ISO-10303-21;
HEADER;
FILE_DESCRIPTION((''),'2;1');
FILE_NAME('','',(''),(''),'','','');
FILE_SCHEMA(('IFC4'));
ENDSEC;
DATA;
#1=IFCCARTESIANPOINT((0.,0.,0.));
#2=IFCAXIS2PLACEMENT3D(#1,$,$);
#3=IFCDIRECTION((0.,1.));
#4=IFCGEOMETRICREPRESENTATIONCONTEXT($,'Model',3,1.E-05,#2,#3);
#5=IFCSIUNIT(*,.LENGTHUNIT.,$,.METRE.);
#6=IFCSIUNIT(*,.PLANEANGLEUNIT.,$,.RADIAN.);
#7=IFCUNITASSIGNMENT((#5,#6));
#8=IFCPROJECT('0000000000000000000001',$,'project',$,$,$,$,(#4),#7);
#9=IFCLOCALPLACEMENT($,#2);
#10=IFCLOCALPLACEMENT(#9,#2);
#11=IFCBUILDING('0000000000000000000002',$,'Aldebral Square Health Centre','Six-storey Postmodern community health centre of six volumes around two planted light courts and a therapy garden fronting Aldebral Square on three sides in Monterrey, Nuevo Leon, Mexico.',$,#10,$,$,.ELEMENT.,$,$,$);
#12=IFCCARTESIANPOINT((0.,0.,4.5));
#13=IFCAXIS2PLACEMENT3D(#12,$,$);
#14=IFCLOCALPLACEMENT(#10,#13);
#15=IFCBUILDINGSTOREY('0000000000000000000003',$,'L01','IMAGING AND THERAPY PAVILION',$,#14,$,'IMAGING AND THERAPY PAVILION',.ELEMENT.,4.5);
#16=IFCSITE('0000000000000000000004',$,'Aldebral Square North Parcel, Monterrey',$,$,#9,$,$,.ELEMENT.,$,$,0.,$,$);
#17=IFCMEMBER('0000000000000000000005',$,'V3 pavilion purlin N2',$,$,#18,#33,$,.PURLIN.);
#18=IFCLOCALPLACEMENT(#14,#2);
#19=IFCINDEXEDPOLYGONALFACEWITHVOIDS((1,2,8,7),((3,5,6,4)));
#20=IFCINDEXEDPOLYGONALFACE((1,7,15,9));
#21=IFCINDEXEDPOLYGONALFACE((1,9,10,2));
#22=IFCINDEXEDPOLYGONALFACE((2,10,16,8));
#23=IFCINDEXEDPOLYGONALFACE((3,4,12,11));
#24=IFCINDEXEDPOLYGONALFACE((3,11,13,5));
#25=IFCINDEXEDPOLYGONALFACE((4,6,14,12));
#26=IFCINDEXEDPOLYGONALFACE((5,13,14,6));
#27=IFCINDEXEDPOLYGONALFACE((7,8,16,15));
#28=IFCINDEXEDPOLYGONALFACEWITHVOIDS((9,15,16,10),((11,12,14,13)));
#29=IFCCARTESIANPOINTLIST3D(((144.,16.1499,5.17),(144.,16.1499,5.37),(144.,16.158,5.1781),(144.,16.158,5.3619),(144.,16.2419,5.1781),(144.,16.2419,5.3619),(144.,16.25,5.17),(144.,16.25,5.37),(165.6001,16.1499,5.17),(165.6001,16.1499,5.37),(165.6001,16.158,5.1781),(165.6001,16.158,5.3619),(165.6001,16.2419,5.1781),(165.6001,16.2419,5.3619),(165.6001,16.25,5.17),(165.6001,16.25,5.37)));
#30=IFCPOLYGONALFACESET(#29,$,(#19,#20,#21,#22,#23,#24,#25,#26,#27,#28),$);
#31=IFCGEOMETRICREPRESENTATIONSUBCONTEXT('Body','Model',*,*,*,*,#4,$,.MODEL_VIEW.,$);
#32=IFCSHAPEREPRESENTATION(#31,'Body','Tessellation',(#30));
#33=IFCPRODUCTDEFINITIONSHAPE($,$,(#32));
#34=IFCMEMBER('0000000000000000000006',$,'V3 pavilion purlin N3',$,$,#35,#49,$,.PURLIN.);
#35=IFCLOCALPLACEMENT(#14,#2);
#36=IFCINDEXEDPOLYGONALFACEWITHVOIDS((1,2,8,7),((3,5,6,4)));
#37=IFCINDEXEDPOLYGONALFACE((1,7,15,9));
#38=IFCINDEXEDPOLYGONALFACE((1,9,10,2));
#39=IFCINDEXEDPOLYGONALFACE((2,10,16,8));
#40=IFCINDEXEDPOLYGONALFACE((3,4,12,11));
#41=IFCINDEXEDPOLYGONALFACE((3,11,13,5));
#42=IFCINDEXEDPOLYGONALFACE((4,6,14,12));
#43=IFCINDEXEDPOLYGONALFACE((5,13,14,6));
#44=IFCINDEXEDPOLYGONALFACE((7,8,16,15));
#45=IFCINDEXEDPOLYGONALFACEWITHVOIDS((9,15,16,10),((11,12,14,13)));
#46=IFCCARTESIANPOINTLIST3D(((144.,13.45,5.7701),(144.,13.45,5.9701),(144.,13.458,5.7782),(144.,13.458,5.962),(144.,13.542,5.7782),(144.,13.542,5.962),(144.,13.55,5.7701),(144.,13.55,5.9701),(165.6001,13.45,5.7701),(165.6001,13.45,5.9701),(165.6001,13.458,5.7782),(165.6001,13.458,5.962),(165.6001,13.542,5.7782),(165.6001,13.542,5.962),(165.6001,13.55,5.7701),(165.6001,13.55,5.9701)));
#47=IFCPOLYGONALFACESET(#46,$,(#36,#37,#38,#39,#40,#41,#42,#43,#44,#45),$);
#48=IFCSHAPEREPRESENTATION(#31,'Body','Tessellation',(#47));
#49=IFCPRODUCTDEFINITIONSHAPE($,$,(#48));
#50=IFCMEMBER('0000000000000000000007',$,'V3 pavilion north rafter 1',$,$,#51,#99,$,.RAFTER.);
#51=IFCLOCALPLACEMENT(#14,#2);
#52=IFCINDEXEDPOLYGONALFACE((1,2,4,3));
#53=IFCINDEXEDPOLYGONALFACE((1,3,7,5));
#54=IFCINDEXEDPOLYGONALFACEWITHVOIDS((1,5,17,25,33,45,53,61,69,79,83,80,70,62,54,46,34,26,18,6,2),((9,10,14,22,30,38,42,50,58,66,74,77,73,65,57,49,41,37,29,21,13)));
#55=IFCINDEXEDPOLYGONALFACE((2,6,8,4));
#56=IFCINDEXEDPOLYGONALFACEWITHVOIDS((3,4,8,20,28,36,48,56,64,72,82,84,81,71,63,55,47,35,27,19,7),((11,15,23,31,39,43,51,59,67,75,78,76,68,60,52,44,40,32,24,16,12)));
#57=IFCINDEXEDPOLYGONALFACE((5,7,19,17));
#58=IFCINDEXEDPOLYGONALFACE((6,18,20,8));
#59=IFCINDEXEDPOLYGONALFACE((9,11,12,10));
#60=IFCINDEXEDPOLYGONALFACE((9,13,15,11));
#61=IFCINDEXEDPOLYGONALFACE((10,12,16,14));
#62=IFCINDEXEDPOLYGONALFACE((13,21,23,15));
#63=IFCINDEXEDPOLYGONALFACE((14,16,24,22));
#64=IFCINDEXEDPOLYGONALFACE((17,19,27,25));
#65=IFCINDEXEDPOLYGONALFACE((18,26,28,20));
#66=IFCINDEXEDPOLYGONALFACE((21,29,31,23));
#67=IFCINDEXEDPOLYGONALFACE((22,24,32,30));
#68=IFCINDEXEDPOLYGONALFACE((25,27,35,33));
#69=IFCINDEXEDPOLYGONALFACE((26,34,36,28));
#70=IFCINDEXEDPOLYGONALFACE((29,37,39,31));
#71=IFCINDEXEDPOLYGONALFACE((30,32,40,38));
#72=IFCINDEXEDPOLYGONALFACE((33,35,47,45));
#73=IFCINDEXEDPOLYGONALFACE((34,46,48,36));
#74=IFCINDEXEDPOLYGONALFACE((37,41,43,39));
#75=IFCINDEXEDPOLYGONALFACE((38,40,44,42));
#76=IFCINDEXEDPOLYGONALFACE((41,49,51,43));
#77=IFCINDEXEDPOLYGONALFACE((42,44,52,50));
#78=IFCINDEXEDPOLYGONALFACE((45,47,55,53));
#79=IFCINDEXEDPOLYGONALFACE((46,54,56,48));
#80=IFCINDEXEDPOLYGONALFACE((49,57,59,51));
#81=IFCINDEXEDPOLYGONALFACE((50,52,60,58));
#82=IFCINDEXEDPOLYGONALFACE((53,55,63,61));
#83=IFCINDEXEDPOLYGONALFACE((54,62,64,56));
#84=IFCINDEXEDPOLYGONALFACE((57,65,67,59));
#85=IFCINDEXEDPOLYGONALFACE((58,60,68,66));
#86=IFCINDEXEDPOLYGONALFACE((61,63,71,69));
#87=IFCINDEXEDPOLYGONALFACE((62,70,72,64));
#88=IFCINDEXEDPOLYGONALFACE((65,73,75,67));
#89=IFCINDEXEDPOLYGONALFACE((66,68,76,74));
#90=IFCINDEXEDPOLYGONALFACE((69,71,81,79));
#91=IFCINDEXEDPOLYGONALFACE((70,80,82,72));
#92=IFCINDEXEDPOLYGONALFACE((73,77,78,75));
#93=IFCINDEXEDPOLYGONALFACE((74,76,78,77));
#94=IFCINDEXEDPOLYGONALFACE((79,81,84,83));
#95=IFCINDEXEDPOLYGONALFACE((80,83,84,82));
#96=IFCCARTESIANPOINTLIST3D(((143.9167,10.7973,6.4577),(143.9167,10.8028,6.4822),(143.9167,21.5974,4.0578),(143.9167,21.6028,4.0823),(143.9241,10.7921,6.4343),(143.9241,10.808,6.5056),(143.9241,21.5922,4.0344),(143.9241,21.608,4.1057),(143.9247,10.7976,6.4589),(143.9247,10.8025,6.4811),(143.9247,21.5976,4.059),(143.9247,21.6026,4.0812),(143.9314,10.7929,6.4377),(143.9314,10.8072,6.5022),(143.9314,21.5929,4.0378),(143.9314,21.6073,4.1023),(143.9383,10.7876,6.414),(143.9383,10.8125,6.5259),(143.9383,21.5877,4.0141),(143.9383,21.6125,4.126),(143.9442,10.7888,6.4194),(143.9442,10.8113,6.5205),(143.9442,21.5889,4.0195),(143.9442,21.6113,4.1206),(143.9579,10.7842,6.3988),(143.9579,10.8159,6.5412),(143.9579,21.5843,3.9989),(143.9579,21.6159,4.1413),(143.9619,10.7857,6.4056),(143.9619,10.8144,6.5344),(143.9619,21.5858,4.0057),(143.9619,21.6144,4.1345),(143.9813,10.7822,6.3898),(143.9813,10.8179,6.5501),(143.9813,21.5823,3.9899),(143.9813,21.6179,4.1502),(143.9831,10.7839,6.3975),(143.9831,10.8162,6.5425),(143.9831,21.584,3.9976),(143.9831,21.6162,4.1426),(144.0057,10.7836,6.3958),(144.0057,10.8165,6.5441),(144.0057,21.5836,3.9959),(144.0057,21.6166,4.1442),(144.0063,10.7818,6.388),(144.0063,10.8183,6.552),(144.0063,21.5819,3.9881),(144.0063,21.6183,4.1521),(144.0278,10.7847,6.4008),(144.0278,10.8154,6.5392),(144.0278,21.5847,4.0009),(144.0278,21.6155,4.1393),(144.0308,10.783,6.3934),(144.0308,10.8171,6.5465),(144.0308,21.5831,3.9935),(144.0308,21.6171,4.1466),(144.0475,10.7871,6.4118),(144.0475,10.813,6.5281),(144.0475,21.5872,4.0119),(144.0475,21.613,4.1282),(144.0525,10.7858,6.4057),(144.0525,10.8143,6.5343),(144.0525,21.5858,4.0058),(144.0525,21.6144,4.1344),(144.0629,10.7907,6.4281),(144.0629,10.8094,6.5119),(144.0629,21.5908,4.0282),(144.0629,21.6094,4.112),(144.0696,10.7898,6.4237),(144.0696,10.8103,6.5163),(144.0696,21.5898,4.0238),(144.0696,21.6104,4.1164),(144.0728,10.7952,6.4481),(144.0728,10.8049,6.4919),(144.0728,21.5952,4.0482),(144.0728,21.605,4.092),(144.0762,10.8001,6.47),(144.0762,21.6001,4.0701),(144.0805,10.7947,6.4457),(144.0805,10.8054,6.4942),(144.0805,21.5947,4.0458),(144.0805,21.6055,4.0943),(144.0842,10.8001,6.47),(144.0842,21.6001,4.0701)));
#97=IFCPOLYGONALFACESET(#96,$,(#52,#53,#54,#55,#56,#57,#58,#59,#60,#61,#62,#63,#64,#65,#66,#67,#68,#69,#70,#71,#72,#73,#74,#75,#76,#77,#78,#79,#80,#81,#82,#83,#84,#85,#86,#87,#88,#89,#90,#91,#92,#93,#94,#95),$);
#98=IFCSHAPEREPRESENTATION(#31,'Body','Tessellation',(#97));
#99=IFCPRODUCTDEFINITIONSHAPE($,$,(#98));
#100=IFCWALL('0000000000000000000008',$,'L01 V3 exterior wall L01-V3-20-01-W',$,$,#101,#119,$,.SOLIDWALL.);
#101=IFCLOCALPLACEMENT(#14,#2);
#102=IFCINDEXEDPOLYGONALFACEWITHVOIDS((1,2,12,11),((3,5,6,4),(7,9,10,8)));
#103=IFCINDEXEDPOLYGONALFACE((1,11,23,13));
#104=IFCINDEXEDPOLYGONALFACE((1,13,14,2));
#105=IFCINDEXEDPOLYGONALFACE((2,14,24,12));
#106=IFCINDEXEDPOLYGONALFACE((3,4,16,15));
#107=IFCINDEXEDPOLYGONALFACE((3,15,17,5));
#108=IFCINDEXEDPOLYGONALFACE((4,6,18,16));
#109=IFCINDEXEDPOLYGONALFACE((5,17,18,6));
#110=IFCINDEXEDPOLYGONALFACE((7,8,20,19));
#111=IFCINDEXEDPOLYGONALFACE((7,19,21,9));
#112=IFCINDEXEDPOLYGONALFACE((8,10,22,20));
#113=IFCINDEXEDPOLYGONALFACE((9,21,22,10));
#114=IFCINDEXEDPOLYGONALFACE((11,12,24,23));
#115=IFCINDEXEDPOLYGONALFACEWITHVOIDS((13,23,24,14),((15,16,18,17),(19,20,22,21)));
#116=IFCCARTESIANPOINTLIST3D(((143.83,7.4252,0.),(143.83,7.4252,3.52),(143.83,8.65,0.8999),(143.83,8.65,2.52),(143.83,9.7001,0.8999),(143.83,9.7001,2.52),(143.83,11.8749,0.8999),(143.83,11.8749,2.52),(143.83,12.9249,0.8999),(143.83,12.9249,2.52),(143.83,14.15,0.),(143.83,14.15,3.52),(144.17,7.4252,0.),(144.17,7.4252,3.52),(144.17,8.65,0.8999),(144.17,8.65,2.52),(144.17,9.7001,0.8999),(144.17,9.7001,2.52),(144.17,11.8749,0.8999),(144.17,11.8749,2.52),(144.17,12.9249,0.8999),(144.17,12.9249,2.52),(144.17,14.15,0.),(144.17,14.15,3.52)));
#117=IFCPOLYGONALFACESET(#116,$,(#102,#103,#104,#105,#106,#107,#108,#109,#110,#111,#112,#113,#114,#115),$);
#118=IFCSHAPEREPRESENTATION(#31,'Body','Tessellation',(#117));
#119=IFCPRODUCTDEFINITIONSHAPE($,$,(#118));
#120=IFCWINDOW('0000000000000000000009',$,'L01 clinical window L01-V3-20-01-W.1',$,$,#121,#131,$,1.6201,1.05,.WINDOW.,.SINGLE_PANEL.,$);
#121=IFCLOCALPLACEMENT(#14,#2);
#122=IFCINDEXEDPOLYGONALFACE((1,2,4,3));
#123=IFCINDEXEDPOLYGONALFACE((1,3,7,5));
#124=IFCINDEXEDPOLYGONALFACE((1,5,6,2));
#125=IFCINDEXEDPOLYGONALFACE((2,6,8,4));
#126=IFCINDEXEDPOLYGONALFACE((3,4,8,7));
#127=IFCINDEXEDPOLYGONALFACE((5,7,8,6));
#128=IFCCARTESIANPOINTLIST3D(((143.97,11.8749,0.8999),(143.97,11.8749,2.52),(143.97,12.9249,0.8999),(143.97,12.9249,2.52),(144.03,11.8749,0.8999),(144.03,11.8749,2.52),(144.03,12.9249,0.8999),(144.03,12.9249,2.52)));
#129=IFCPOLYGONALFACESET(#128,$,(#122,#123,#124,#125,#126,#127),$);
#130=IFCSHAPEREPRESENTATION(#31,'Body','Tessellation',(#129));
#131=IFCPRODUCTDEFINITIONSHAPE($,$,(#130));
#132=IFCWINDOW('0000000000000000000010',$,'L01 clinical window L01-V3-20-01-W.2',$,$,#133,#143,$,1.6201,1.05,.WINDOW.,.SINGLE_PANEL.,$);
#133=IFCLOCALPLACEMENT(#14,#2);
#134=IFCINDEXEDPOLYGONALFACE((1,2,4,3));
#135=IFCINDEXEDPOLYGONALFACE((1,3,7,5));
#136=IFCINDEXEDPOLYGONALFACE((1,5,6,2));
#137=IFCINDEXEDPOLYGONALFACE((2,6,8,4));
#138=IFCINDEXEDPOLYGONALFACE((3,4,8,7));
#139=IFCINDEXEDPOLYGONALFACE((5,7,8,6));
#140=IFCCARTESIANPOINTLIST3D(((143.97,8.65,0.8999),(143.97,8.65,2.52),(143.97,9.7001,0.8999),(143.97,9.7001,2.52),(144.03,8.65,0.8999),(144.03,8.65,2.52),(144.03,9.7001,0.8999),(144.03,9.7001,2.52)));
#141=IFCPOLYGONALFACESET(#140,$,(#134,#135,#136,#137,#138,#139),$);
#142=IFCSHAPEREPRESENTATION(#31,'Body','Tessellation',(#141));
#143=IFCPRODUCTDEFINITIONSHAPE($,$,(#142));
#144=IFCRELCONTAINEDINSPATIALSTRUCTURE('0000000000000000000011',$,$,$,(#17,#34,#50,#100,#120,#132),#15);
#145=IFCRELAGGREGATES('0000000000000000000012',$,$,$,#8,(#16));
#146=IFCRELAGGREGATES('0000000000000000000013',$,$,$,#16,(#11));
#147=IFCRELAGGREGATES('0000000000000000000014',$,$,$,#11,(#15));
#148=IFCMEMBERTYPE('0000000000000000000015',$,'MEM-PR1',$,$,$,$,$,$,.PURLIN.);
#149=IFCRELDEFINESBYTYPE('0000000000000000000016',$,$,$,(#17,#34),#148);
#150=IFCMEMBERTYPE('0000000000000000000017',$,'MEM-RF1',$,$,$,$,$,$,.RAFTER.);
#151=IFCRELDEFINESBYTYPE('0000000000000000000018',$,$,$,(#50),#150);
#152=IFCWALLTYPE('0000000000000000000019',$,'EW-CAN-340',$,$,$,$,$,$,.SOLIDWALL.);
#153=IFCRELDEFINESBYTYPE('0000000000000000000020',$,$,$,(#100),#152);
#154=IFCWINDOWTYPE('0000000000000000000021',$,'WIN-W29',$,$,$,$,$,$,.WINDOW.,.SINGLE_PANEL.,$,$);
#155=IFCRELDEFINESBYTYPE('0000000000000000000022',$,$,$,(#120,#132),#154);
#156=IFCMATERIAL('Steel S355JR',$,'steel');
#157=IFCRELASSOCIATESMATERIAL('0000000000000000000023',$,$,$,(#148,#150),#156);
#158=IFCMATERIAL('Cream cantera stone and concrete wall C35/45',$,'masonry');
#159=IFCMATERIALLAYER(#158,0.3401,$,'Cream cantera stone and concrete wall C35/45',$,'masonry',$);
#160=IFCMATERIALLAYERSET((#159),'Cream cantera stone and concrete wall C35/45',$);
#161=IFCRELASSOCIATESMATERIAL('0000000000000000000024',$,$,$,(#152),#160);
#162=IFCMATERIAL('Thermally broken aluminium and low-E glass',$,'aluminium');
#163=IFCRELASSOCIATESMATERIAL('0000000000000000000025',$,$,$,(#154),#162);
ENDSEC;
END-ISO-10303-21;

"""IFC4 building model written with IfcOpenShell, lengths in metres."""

from ifc_helpers import new_model, si_unit, direction, frame, frame_2d, origin, origin_2d, place, context, subcontext, project, spatial, rectangle, hollow_rectangle, hollow_circle, extrude, material, layer, layer_set, material_profile, profile_set, type_object, element, fill, save


model = new_model("IFC4")

# Units and contexts
model_context = context("Model", 3, precision=1e-05, world=origin(), true_north=direction((0.0, 1.0)))
body_context = subcontext(model_context, "Body", "Model", "MODEL_VIEW")
ifc_project = project(units=[si_unit("LENGTHUNIT", "METRE"), si_unit("PLANEANGLEUNIT", "RADIAN")], contexts=[model_context])

# Site, building, storey
site_placement = place(None, origin())
site = spatial("IfcSite", under=ifc_project, at=site_placement, Name="Aldebral Square North Parcel, Monterrey", CompositionType="ELEMENT", RefElevation=0.0)
building_placement = place(site_placement, origin())
building = spatial("IfcBuilding", under=site, at=building_placement, Name="Aldebral Square Health Centre", Description="Six-storey Postmodern community health centre of six volumes around two planted light courts and a therapy garden fronting Aldebral Square on three sides in Monterrey, Nuevo Leon, Mexico.", CompositionType="ELEMENT")
storey_placement = place(building_placement, frame((0.0, 0.0, 4.5)))
storey = spatial("IfcBuildingStorey", under=building, at=storey_placement, Name="L01", Description="IMAGING AND THERAPY PAVILION", LongName="IMAGING AND THERAPY PAVILION", CompositionType="ELEMENT", Elevation=4.5)

# Members
ifc_material_1 = material(Name="Steel S355JR", Category="steel")
ifc_material_profile_1 = material_profile(ifc_material_1, hollow_rectangle(XDim=0.1001, YDim=0.2, WallThickness=0.0081, at=origin_2d()), Name="200x100x8 RHS")
ifc_profile_set_1 = profile_set([ifc_material_profile_1], Name="Steel S355JR")
member_type_1 = type_object("IfcMemberType", Name="MEM-PR1", PredefinedType="PURLIN", material=ifc_profile_set_1)
for number, where, z_axis, x_axis, name in (
    (1, (144.0, 16.2, 5.27), (1.0, 0.0, 0.0), (0.0, 1.0, 0.0), "V3 pavilion purlin N2"),
    (2, (144.0, 13.5, 5.8701), (1.0, 0.0, 0.0), (0.0, 1.0, 0.0), "V3 pavilion purlin N3"),
):
    element("IfcMember", number, at=place(storey_placement, frame(where, z_axis=z_axis, x_axis=x_axis)), inside=storey, type_object=member_type_1, Name=name, PredefinedType="PURLIN", context=body_context, shape_type="SweptSolid", body=[
        extrude(hollow_rectangle(XDim=0.1001, YDim=0.2, WallThickness=0.0081, at=origin_2d()), origin(), (0.0, 0.0, 1.0), 21.6001),
    ])
ifc_material_profile_2 = material_profile(ifc_material_1, hollow_circle(Radius=0.0842, WallThickness=0.0081, at=origin_2d()), Name="168.3x8.0 CHS")
ifc_profile_set_2 = profile_set([ifc_material_profile_2], Name="Steel S355JR")
member_type_2 = type_object("IfcMemberType", Name="MEM-RF1", PredefinedType="RAFTER", material=ifc_profile_set_2)
member_placement = place(storey_placement, frame((144.0, 21.6001, 4.0701), z_axis=(0.0, -0.976189, 0.216921), x_axis=(1.0, 0.0, 0.0)))
element("IfcMember", 3, at=member_placement, inside=storey, type_object=member_type_2, Name="V3 pavilion north rafter 1", PredefinedType="RAFTER", context=body_context, shape_type="SweptSolid", body=[
    extrude(hollow_circle(Radius=0.0842, WallThickness=0.0081, at=origin_2d()), origin(), (0.0, 0.0, 1.0), 11.0635),
])

# Wall, openings, windows
ifc_material_2 = material(Name="Cream cantera stone and concrete wall C35/45", Category="masonry")
ifc_layer_1 = layer(ifc_material_2, 0.3401, Name="Cream cantera stone and concrete wall C35/45", Category="masonry")
ifc_layer_set_1 = layer_set([ifc_layer_1], Name="Cream cantera stone and concrete wall C35/45")
wall_type_1 = type_object("IfcWallType", Name="EW-CAN-340", PredefinedType="SOLIDWALL", material=ifc_layer_set_1)
wall_1_placement = place(storey_placement, frame((144.0, 14.1499, 0.0), z_axis=(0.0, 0.0, 1.0), x_axis=(0.0, -1.0, 0.0)))
wall_1 = element("IfcWall", 4, at=wall_1_placement, inside=storey, type_object=wall_type_1, Name="L01 V3 exterior wall L01-V3-20-01-W", PredefinedType="SOLIDWALL", context=body_context, shape_type="SweptSolid", body=[
    extrude(rectangle(XDim=6.7249, YDim=0.3401, at=frame_2d((3.3623, 0.0))), origin(), (0.0, 0.0, 1.0), 3.52),
])
opening_1_placement = place(wall_1_placement, frame((1.2251, 0.0, 0.8999)))
opening_1 = element("IfcOpeningElement", 5, at=opening_1_placement, cuts=wall_1, PredefinedType="OPENING", context=body_context, shape_type="SweptSolid", body=[
    extrude(rectangle(XDim=1.05, YDim=1.6201, at=frame_2d((0.5249, 0.8101))), frame((0.0, 0.1802, 0.0), z_axis=(0.0, -1.0, 0.0), x_axis=(1.0, 0.0, 0.0)), (0.0, 0.0, 1.0), 0.3601),
])
opening_2_placement = place(wall_1_placement, frame((4.45, 0.0, 0.8999)))
opening_2 = element("IfcOpeningElement", 6, at=opening_2_placement, cuts=wall_1, PredefinedType="OPENING", context=body_context, shape_type="SweptSolid", body=[
    extrude(rectangle(XDim=1.05, YDim=1.6201, at=frame_2d((0.5249, 0.8101))), frame((0.0, 0.1802, 0.0), z_axis=(0.0, -1.0, 0.0), x_axis=(1.0, 0.0, 0.0)), (0.0, 0.0, 1.0), 0.3601),
])
ifc_material_3 = material(Name="Thermally broken aluminium and low-E glass", Category="aluminium")
window_type_1 = type_object("IfcWindowType", Name="WIN-W29", PartitioningType="SINGLE_PANEL", PredefinedType="WINDOW", material=ifc_material_3)
window_1_placement = place(opening_1_placement, origin())
window_1 = element("IfcWindow", 7, at=window_1_placement, inside=storey, type_object=window_type_1, Name="L01 clinical window L01-V3-20-01-W.1", OverallHeight=1.6201, OverallWidth=1.05, PartitioningType="SINGLE_PANEL", PredefinedType="WINDOW", context=body_context, shape_type="SweptSolid", body=[
    extrude(rectangle(XDim=1.05, YDim=1.6201, at=frame_2d((0.5249, 0.8101))), frame((0.0, 0.03, 0.0), z_axis=(0.0, -1.0, 0.0), x_axis=(1.0, 0.0, 0.0)), (0.0, 0.0, 1.0), 0.0601),
])
fill(opening_1, window_1)
window_2_placement = place(opening_2_placement, origin())
window_2 = element("IfcWindow", 8, at=window_2_placement, inside=storey, type_object=window_type_1, Name="L01 clinical window L01-V3-20-01-W.2", OverallHeight=1.6201, OverallWidth=1.05, PartitioningType="SINGLE_PANEL", PredefinedType="WINDOW", context=body_context, shape_type="SweptSolid", body=[
    extrude(rectangle(XDim=1.05, YDim=1.6201, at=frame_2d((0.5249, 0.8101))), frame((0.0, 0.03, 0.0), z_axis=(0.0, -1.0, 0.0), x_axis=(1.0, 0.0, 0.0)), (0.0, 0.0, 1.0), 0.0601),
])
fill(opening_2, window_2)

save(model, "model.ifc")
